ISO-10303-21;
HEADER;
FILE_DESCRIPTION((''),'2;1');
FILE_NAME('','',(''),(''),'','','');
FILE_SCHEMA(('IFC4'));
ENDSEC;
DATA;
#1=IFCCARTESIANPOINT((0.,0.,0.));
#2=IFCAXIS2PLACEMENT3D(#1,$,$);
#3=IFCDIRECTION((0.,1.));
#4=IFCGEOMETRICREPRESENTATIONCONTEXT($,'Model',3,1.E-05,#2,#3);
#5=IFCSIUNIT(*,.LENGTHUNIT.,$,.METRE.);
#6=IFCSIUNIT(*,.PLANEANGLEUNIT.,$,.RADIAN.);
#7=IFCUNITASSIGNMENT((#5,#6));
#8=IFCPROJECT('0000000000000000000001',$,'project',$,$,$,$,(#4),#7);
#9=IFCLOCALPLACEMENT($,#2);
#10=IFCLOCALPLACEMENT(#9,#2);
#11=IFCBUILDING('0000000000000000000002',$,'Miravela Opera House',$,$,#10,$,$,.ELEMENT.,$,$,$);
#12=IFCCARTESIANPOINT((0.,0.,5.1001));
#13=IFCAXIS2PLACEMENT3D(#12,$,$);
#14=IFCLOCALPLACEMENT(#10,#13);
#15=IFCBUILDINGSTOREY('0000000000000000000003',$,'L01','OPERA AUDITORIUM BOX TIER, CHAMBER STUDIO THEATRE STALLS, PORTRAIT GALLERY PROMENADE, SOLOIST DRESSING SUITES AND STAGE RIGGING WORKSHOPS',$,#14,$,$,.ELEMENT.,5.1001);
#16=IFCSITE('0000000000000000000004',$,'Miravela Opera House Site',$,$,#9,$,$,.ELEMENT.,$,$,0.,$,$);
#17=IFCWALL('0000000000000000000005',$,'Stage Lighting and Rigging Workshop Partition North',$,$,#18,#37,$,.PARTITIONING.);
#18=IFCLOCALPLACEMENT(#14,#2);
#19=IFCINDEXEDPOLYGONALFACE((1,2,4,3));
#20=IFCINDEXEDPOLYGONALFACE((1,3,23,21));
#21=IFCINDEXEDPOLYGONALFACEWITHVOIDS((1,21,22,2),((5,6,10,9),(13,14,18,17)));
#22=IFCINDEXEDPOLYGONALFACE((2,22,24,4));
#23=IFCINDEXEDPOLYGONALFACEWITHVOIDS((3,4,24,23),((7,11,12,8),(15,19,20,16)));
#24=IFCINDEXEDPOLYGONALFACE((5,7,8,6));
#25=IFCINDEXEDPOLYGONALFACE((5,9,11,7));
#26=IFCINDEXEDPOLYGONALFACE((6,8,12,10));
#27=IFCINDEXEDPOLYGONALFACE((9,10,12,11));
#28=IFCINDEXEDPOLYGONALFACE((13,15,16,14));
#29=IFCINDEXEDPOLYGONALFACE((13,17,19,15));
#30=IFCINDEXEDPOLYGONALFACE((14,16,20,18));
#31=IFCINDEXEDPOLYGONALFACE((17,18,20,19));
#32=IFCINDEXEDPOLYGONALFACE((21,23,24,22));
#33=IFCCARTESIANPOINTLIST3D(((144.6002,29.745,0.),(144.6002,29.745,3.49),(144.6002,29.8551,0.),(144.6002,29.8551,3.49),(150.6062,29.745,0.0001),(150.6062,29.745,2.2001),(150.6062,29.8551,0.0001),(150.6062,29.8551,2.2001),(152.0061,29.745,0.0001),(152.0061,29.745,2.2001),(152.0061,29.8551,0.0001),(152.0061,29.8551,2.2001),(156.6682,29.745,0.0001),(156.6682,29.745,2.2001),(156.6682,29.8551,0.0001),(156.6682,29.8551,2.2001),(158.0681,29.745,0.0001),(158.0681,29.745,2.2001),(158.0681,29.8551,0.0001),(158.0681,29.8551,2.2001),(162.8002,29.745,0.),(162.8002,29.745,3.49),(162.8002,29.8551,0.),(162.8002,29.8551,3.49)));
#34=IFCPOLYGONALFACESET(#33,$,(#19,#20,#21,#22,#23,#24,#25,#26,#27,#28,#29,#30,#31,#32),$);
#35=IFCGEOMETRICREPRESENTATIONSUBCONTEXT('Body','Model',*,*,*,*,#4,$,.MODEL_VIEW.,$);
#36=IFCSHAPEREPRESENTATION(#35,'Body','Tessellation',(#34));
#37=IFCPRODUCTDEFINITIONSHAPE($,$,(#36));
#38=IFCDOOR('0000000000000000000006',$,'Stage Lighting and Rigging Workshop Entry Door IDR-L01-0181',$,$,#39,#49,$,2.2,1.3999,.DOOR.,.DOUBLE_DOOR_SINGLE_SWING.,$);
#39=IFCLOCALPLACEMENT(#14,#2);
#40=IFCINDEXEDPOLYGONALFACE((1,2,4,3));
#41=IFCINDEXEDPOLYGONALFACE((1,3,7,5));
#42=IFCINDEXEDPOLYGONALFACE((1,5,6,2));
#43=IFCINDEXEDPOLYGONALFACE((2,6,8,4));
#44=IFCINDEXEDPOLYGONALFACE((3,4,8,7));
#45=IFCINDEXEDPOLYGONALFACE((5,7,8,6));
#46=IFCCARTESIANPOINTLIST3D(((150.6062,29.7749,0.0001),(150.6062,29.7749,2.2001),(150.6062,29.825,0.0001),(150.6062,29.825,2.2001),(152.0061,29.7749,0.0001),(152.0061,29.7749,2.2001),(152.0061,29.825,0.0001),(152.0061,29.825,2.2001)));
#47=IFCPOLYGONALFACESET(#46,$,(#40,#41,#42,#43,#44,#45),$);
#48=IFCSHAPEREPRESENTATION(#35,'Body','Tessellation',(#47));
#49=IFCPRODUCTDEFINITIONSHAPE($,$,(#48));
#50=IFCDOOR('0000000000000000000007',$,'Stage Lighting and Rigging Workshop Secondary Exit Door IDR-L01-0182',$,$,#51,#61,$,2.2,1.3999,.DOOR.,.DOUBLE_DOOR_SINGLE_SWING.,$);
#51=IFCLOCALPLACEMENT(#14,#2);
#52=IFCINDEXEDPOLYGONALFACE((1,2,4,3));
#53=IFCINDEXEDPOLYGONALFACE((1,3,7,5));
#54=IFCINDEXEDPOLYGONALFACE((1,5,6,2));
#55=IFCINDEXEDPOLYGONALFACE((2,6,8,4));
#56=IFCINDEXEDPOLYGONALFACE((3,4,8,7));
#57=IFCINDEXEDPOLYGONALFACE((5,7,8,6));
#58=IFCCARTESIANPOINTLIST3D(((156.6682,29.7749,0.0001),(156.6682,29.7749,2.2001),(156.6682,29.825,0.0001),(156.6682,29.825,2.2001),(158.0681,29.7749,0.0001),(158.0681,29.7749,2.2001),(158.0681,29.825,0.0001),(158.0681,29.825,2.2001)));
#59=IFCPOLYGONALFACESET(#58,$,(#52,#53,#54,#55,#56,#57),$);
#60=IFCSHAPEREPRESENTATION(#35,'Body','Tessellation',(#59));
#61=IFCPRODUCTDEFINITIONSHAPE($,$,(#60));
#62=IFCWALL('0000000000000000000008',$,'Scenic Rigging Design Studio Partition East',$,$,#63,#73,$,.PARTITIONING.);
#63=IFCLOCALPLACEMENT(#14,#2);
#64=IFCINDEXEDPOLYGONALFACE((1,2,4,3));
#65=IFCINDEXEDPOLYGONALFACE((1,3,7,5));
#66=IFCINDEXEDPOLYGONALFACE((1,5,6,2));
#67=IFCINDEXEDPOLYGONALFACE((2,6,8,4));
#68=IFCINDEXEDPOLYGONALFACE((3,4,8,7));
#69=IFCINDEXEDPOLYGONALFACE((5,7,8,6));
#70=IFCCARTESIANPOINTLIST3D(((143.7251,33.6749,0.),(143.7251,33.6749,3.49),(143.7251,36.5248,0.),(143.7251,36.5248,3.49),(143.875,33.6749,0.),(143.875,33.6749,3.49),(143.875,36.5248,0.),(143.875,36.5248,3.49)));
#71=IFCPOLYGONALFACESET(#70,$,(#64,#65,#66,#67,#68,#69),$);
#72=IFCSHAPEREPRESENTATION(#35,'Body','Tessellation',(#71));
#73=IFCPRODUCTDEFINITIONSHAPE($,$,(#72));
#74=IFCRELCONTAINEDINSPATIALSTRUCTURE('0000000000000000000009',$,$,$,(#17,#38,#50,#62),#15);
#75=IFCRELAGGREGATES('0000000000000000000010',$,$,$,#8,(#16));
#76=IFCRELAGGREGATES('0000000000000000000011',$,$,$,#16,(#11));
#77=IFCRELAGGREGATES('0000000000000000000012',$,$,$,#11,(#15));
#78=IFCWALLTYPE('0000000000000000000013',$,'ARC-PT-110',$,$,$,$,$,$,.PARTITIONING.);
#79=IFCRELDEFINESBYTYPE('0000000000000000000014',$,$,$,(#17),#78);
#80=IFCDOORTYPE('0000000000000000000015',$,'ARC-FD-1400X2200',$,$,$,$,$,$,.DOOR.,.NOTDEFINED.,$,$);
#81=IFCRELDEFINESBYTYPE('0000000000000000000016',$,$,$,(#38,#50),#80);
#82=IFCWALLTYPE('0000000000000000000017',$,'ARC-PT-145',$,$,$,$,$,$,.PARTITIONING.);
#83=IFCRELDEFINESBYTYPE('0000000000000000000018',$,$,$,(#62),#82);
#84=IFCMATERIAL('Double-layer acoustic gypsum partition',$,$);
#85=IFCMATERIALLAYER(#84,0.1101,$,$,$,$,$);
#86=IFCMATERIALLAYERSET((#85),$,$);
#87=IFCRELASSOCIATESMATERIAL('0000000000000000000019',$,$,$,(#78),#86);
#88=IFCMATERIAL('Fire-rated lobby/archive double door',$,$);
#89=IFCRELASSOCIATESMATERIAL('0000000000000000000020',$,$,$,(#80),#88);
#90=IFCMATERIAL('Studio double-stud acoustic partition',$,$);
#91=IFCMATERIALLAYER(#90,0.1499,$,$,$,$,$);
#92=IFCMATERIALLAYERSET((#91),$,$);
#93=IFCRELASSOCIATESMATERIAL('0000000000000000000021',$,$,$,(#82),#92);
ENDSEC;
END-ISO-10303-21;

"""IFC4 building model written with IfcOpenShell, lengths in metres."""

from ifc_helpers import new_model, si_unit, direction, frame, frame_2d, origin, place, context, subcontext, project, spatial, rectangle, extrude, material, layer, layer_set, type_object, element, fill, save


model = new_model("IFC4")

# Units and contexts
model_context = context("Model", 3, precision=1e-05, world=origin(), true_north=direction((0.0, 1.0)))
body_context = subcontext(model_context, "Body", "Model", "MODEL_VIEW")
ifc_project = project(units=[si_unit("LENGTHUNIT", "METRE"), si_unit("PLANEANGLEUNIT", "RADIAN")], contexts=[model_context])

# Site, building, storey
site_placement = place(None, origin())
site = spatial("IfcSite", under=ifc_project, at=site_placement, Name="Miravela Opera House Site", CompositionType="ELEMENT", RefElevation=0.0)
building_placement = place(site_placement, origin())
building = spatial("IfcBuilding", under=site, at=building_placement, Name="Miravela Opera House", CompositionType="ELEMENT")
storey_placement = place(building_placement, frame((0.0, 0.0, 5.1001)))
storey = spatial("IfcBuildingStorey", under=building, at=storey_placement, Name="L01", Description="OPERA AUDITORIUM BOX TIER, CHAMBER STUDIO THEATRE STALLS, PORTRAIT GALLERY PROMENADE, SOLOIST DRESSING SUITES AND STAGE RIGGING WORKSHOPS", CompositionType="ELEMENT", Elevation=5.1001)

# Wall, openings, doors
ifc_material_1 = material(Name="Double-layer acoustic gypsum partition")
ifc_layer_1 = layer(ifc_material_1, 0.1101)
ifc_layer_set_1 = layer_set([ifc_layer_1])
wall_type_1 = type_object("IfcWallType", Name="ARC-PT-110", PredefinedType="PARTITIONING", material=ifc_layer_set_1)
wall_1_placement = place(storey_placement, frame((144.6001, 29.8, 0.0), z_axis=(0.0, 0.0, 1.0), x_axis=(1.0, 0.0, 0.0)))
wall_1 = element("IfcWall", 1, at=wall_1_placement, inside=storey, type_object=wall_type_1, Name="Stage Lighting and Rigging Workshop Partition North", PredefinedType="PARTITIONING", context=body_context, shape_type="SweptSolid", body=[
    extrude(rectangle(XDim=18.2, YDim=0.1101, at=frame_2d((9.1001, 0.0))), origin(), (0.0, 0.0, 1.0), 3.49),
])
opening_1_placement = place(wall_1_placement, frame((6.0061, 0.0, 0.0)))
opening_1 = element("IfcOpeningElement", 2, at=opening_1_placement, cuts=wall_1, PredefinedType="OPENING", context=body_context, shape_type="SweptSolid", body=[
    extrude(rectangle(XDim=1.3999, YDim=2.2, at=frame_2d((0.7, 1.1001))), frame((0.0, 0.0649, 0.0), z_axis=(0.0, -1.0, 0.0), x_axis=(1.0, 0.0, 0.0)), (0.0, 0.0, 1.0), 0.1301),
])
opening_2_placement = place(wall_1_placement, frame((12.0681, 0.0, 0.0)))
opening_2 = element("IfcOpeningElement", 3, at=opening_2_placement, cuts=wall_1, PredefinedType="OPENING", context=body_context, shape_type="SweptSolid", body=[
    extrude(rectangle(XDim=1.3999, YDim=2.2, at=frame_2d((0.7, 1.1001))), frame((0.0, 0.0649, 0.0), z_axis=(0.0, -1.0, 0.0), x_axis=(1.0, 0.0, 0.0)), (0.0, 0.0, 1.0), 0.1301),
])
ifc_material_2 = material(Name="Fire-rated lobby/archive double door")
door_type = type_object("IfcDoorType", Name="ARC-FD-1400X2200", OperationType="NOTDEFINED", PredefinedType="DOOR", material=ifc_material_2)
door_1_placement = place(opening_1_placement, origin())
door_1 = element("IfcDoor", 4, at=door_1_placement, inside=storey, type_object=door_type, Name="Stage Lighting and Rigging Workshop Entry Door IDR-L01-0181", OperationType="DOUBLE_DOOR_SINGLE_SWING", OverallHeight=2.2, OverallWidth=1.3999, PredefinedType="DOOR", context=body_context, shape_type="SweptSolid", body=[
    extrude(rectangle(XDim=1.3999, YDim=2.2, at=frame_2d((0.7, 1.1001))), frame((0.0, 0.0249, 0.0), z_axis=(0.0, -1.0, 0.0), x_axis=(1.0, 0.0, 0.0)), (0.0, 0.0, 1.0), 0.05),
])
fill(opening_1, door_1)
door_2_placement = place(opening_2_placement, origin())
door_2 = element("IfcDoor", 5, at=door_2_placement, inside=storey, type_object=door_type, Name="Stage Lighting and Rigging Workshop Secondary Exit Door IDR-L01-0182", OperationType="DOUBLE_DOOR_SINGLE_SWING", OverallHeight=2.2, OverallWidth=1.3999, PredefinedType="DOOR", context=body_context, shape_type="SweptSolid", body=[
    extrude(rectangle(XDim=1.3999, YDim=2.2, at=frame_2d((0.7, 1.1001))), frame((0.0, 0.0249, 0.0), z_axis=(0.0, -1.0, 0.0), x_axis=(1.0, 0.0, 0.0)), (0.0, 0.0, 1.0), 0.05),
])
fill(opening_2, door_2)

# Wall
ifc_material_3 = material(Name="Studio double-stud acoustic partition")
ifc_layer_2 = layer(ifc_material_3, 0.1499)
ifc_layer_set_2 = layer_set([ifc_layer_2])
wall_type_2 = type_object("IfcWallType", Name="ARC-PT-145", PredefinedType="PARTITIONING", material=ifc_layer_set_2)
wall_2_placement = place(storey_placement, frame((143.8, 33.675, 0.0), z_axis=(0.0, 0.0, 1.0), x_axis=(0.0, 1.0, 0.0)))
element("IfcWall", 6, at=wall_2_placement, inside=storey, type_object=wall_type_2, Name="Scenic Rigging Design Studio Partition East", PredefinedType="PARTITIONING", context=body_context, shape_type="SweptSolid", body=[
    extrude(rectangle(XDim=2.8499, YDim=0.1499, at=frame_2d((1.4248, 0.0))), origin(), (0.0, 0.0, 1.0), 3.49),
])

save(model, "model.ifc")
